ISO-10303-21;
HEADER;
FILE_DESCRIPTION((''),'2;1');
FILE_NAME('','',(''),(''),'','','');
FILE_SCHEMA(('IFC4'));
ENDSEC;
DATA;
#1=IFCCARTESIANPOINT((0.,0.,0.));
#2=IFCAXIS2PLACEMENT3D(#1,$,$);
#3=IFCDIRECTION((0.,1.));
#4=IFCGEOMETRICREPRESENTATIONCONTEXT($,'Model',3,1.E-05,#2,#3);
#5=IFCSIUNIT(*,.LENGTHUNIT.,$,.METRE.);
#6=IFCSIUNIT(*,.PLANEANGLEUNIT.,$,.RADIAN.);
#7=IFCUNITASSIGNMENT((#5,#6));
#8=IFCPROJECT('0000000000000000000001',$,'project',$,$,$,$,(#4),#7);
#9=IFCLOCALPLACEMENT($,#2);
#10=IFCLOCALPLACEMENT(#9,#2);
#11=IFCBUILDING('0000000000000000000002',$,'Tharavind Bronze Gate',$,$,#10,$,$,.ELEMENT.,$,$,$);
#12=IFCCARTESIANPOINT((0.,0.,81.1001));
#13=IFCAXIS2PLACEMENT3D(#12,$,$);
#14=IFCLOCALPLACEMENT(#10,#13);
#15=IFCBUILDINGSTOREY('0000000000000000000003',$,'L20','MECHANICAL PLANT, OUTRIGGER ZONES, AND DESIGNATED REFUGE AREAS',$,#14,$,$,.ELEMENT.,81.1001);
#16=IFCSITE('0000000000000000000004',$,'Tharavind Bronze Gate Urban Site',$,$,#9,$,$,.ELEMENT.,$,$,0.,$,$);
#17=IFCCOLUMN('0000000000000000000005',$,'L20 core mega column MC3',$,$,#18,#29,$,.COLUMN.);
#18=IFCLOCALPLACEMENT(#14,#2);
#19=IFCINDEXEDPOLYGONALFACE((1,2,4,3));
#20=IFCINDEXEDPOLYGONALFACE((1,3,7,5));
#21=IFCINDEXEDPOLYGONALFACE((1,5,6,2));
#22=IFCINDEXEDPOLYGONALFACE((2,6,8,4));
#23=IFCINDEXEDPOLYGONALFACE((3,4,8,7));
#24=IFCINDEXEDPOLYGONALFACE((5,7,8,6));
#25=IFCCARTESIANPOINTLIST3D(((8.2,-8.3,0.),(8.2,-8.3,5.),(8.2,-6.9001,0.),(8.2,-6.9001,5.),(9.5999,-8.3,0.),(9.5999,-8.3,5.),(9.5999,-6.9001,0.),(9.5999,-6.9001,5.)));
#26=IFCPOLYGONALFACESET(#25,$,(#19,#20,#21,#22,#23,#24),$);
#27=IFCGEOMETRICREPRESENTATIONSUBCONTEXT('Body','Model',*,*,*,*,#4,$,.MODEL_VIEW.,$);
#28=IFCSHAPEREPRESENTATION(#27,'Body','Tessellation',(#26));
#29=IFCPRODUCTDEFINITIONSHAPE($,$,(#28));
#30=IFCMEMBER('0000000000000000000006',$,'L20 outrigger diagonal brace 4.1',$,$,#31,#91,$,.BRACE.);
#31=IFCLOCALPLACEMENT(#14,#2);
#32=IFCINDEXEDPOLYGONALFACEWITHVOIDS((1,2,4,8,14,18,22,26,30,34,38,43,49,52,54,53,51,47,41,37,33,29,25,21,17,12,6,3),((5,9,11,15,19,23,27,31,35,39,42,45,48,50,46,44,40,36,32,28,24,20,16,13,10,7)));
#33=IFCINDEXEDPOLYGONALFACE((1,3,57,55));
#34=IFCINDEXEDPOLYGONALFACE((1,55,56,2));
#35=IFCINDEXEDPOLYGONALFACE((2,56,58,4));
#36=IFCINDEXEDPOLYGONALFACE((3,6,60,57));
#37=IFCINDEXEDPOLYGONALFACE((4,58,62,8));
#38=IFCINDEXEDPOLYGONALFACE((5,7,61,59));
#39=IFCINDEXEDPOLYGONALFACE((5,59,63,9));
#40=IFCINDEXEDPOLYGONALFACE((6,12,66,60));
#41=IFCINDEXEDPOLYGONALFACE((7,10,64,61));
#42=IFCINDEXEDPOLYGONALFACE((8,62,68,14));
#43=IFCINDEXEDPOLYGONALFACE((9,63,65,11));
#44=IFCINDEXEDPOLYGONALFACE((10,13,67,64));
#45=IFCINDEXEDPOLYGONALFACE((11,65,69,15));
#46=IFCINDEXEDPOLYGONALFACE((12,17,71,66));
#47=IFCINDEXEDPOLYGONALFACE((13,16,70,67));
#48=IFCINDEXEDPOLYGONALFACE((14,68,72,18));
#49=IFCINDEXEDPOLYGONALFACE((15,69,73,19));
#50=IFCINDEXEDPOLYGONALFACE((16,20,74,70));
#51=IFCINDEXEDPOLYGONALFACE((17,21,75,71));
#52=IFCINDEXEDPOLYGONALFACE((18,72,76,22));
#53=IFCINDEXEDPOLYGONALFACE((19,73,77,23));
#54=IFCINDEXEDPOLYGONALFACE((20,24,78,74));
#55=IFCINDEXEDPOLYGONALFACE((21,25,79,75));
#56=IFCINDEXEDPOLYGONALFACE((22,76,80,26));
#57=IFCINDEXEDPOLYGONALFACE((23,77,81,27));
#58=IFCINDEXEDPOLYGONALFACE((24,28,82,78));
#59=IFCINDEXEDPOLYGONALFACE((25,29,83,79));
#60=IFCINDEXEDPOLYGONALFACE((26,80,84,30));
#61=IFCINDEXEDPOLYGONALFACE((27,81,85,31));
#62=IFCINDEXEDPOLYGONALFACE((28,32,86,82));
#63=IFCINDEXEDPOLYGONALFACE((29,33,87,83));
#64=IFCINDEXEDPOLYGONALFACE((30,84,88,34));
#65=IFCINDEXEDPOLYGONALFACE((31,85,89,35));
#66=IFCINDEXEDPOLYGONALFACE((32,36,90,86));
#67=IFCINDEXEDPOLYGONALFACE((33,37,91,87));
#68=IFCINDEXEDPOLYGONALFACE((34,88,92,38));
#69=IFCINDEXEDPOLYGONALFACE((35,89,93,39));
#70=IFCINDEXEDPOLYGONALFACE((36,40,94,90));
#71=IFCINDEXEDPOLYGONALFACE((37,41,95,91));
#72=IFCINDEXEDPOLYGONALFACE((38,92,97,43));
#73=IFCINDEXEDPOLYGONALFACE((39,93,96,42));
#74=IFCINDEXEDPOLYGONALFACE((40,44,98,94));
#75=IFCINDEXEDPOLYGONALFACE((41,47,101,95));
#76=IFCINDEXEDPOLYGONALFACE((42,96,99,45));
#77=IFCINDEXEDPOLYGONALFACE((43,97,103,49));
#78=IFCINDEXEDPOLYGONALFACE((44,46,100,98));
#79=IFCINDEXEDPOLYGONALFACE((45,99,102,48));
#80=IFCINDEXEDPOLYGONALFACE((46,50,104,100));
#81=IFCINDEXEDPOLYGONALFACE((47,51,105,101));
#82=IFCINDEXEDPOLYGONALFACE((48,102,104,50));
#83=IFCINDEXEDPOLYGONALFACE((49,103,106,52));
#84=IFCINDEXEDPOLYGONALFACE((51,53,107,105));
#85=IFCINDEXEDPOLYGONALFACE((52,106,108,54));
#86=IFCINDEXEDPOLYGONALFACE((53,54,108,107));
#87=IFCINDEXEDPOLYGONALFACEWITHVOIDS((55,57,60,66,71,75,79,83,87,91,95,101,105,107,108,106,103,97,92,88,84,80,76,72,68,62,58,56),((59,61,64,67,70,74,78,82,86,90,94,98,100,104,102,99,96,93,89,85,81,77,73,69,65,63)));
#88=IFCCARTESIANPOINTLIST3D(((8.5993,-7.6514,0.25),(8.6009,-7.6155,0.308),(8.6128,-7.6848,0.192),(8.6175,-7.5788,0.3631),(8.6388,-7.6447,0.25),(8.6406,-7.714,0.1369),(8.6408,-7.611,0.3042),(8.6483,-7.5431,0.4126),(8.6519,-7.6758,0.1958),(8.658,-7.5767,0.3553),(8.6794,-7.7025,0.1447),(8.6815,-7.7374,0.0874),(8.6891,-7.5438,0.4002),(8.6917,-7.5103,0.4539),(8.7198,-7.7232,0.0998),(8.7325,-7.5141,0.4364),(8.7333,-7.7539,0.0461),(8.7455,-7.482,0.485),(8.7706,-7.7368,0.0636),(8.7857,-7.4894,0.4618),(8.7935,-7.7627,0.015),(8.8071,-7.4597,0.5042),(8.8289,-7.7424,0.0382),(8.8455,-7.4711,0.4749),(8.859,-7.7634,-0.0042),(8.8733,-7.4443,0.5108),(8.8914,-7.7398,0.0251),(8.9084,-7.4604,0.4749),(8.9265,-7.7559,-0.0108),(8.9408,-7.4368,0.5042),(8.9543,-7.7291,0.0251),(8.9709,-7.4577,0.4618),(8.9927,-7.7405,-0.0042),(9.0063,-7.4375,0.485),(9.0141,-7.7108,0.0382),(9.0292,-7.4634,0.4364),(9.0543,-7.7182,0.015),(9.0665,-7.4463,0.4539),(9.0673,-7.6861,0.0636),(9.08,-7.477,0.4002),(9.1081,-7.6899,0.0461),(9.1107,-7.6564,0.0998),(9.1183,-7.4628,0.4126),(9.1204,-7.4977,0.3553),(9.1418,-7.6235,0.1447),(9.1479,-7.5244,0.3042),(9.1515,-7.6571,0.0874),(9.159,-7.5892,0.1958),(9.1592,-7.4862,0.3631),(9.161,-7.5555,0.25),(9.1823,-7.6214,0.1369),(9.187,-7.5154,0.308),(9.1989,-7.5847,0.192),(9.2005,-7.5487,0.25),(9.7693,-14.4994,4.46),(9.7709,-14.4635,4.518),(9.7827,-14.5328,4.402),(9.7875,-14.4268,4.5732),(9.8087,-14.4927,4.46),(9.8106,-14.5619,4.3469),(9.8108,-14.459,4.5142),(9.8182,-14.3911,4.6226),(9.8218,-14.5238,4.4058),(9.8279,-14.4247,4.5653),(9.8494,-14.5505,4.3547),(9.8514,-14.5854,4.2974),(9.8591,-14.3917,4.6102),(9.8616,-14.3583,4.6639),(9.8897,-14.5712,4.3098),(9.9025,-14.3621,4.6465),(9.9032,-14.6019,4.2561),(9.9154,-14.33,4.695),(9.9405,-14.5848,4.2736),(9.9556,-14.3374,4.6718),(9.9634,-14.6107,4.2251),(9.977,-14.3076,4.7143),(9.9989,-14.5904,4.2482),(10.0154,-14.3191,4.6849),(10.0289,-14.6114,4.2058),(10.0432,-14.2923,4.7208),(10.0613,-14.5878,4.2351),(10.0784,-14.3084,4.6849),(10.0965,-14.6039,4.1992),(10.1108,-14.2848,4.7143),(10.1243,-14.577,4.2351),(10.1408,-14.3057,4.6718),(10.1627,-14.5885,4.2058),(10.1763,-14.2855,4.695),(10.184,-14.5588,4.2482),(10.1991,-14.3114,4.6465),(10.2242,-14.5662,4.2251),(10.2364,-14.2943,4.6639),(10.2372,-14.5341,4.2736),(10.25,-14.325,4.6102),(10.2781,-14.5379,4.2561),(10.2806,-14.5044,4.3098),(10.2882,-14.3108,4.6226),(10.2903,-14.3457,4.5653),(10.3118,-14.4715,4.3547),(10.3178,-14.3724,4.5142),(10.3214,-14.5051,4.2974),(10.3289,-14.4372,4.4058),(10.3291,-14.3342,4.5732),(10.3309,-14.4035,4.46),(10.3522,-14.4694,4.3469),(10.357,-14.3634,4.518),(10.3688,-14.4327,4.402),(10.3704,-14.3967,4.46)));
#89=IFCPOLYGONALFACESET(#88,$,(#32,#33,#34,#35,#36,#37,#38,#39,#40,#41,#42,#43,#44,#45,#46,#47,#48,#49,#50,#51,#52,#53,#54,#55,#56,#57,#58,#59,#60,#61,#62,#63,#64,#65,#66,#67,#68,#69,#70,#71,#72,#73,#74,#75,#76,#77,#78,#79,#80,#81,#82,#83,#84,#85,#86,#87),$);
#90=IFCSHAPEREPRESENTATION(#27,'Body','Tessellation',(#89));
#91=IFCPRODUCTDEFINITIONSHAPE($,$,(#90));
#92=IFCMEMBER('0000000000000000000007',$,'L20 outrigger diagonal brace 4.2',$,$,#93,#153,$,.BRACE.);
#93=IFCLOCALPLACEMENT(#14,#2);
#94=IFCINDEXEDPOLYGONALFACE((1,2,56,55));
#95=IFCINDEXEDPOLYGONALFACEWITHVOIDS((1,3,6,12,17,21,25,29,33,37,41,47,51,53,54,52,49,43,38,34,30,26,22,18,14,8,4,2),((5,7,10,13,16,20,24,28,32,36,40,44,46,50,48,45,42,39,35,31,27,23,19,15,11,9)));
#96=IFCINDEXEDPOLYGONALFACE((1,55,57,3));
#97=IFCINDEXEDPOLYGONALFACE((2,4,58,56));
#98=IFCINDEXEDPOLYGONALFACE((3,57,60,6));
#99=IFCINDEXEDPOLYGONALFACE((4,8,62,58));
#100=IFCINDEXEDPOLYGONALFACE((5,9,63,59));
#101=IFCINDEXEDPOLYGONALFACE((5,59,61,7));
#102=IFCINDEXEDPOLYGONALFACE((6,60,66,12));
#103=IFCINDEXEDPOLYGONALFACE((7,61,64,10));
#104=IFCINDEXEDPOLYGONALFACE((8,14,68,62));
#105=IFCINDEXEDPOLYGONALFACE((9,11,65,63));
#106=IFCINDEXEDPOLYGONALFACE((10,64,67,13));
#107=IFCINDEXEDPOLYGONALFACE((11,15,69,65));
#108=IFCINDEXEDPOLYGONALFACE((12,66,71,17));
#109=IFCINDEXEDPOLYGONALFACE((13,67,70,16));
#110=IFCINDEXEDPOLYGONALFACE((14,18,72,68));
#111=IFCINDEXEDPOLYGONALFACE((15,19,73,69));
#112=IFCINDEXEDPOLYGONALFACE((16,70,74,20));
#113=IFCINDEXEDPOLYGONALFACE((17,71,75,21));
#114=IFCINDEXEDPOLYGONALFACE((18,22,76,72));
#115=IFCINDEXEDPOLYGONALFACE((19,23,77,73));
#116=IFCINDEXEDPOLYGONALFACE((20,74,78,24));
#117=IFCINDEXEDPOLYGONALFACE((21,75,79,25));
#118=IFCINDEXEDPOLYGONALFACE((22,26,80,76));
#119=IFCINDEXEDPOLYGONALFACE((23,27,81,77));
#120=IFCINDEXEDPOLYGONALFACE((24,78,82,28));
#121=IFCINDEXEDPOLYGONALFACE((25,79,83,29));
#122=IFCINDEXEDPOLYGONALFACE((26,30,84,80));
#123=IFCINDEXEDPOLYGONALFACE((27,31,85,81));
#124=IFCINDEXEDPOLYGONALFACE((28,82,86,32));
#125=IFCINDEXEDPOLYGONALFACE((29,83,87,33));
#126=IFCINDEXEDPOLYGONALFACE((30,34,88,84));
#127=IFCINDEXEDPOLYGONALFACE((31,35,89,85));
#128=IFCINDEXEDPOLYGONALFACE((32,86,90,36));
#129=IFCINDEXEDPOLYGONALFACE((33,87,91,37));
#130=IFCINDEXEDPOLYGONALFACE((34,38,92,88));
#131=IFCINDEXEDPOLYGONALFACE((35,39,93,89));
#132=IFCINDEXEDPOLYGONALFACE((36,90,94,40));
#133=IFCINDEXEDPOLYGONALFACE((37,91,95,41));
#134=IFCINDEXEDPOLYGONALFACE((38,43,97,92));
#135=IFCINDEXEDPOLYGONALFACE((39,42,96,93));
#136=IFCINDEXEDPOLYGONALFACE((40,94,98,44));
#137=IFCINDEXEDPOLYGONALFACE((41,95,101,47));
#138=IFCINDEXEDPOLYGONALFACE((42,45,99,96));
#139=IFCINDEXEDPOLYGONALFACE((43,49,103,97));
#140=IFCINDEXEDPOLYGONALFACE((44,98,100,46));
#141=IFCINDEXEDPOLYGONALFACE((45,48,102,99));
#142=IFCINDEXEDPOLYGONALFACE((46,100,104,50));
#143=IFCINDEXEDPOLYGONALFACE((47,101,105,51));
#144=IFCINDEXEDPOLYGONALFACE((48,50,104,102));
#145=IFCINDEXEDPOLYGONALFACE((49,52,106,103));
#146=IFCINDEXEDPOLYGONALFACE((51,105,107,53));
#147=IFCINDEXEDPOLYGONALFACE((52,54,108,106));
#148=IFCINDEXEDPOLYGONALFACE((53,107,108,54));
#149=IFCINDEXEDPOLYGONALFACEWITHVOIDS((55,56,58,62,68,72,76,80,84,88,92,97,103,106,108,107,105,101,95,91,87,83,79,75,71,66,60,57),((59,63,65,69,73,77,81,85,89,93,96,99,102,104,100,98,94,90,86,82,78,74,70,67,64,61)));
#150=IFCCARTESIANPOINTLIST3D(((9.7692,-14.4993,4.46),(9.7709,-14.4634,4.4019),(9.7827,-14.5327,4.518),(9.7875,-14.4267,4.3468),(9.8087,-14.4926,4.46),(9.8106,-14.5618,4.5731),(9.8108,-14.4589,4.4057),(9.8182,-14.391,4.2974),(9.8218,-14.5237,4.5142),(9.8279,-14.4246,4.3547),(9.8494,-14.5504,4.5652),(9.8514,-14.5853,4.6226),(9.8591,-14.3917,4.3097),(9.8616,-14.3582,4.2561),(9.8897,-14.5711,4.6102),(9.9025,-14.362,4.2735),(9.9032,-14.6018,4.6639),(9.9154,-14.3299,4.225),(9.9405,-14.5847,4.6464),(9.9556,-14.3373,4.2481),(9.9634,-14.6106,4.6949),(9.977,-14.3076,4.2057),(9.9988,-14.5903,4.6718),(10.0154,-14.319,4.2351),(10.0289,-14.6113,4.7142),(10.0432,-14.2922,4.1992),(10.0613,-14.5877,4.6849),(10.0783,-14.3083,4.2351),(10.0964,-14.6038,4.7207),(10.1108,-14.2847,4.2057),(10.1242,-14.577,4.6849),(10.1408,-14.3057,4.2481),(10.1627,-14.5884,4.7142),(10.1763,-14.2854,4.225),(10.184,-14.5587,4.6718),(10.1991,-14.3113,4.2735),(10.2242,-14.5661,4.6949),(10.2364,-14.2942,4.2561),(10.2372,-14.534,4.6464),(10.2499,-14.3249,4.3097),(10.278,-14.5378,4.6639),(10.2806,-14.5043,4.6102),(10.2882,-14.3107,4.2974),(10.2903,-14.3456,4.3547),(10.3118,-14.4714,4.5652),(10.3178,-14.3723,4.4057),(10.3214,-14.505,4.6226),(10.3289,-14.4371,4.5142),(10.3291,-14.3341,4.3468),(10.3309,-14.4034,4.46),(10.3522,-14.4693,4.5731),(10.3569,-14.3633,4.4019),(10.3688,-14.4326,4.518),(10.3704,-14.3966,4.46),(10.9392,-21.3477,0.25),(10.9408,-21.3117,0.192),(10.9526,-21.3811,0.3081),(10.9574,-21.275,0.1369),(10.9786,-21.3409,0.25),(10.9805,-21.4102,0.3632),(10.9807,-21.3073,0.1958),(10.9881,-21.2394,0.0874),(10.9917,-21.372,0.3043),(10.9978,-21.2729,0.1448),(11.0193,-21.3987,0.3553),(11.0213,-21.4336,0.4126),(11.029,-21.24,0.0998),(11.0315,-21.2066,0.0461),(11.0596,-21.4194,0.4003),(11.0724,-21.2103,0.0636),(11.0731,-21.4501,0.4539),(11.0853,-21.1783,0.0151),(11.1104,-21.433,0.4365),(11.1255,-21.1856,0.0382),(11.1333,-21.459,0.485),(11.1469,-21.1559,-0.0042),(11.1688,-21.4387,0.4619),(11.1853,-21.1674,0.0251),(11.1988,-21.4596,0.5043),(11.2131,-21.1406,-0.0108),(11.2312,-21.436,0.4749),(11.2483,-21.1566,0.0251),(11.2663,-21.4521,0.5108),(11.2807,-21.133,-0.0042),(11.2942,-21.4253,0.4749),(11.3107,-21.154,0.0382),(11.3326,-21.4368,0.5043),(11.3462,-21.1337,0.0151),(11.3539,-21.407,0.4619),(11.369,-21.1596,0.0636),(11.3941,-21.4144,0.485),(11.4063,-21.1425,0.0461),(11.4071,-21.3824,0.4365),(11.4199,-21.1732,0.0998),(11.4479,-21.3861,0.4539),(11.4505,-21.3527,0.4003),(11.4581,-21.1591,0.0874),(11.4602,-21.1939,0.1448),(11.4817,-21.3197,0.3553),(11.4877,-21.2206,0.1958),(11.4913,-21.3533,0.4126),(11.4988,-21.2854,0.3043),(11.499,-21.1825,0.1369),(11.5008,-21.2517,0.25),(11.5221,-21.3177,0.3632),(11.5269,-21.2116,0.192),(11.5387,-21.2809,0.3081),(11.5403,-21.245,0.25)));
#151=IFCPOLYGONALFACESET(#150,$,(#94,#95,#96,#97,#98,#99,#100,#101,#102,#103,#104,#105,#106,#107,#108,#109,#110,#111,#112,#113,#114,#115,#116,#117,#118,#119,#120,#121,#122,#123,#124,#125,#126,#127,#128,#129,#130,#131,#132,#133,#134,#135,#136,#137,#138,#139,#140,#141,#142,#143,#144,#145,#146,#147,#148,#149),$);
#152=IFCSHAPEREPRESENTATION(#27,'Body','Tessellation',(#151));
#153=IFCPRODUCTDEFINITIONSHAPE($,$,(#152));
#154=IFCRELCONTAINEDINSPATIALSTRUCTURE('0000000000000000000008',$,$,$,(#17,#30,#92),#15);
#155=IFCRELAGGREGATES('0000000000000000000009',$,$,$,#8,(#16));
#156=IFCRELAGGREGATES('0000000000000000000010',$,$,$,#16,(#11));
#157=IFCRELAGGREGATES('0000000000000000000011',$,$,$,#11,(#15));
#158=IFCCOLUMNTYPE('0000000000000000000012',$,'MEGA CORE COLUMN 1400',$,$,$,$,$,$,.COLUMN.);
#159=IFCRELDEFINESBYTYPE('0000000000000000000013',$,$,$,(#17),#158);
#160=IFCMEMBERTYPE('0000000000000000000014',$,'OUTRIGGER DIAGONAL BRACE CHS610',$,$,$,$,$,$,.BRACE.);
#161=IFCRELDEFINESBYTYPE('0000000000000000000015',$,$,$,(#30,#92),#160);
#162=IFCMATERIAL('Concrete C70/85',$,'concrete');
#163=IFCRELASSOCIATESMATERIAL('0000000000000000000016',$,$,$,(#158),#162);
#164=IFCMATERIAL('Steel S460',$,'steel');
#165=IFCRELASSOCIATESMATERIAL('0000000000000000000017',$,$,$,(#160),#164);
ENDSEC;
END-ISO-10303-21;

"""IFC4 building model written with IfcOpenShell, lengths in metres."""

from ifc_helpers import new_model, si_unit, direction, frame, origin, origin_2d, place, context, subcontext, project, spatial, rectangle, hollow_circle, extrude, material, material_profile, profile_set, type_object, element, save


model = new_model("IFC4")

# Units and contexts
model_context = context("Model", 3, precision=1e-05, world=origin(), true_north=direction((0.0, 1.0)))
body_context = subcontext(model_context, "Body", "Model", "MODEL_VIEW")
ifc_project = project(units=[si_unit("LENGTHUNIT", "METRE"), si_unit("PLANEANGLEUNIT", "RADIAN")], contexts=[model_context])

# Site, building, storey
site_placement = place(None, origin())
site = spatial("IfcSite", under=ifc_project, at=site_placement, Name="Tharavind Bronze Gate Urban Site", CompositionType="ELEMENT", RefElevation=0.0)
building_placement = place(site_placement, origin())
building = spatial("IfcBuilding", under=site, at=building_placement, Name="Tharavind Bronze Gate", CompositionType="ELEMENT")
storey_placement = place(building_placement, frame((0.0, 0.0, 81.1001)))
storey = spatial("IfcBuildingStorey", under=building, at=storey_placement, Name="L20", Description="MECHANICAL PLANT, OUTRIGGER ZONES, AND DESIGNATED REFUGE AREAS", CompositionType="ELEMENT", Elevation=81.1001)

# Column
ifc_material_1 = material(Name="Concrete C70/85", Category="concrete")
ifc_material_profile_1 = material_profile(ifc_material_1, rectangle(XDim=1.3999, YDim=1.3999, at=origin_2d()), Name="RCCOL1400")
ifc_profile_set_1 = profile_set([ifc_material_profile_1], Name="Concrete C70/85")
column_type = type_object("IfcColumnType", Name="MEGA CORE COLUMN 1400", PredefinedType="COLUMN", material=ifc_profile_set_1)
column_placement = place(storey_placement, frame((8.8999, -7.6001, 0.0), z_axis=(0.0, 0.0, 1.0), x_axis=(1.0, 0.0, 0.0)))
element("IfcColumn", 1, at=column_placement, inside=storey, type_object=column_type, Name="L20 core mega column MC3", PredefinedType="COLUMN", context=body_context, shape_type="SweptSolid", body=[
    extrude(rectangle(XDim=1.3999, YDim=1.3999, at=origin_2d()), origin(), (0.0, 0.0, 1.0), 5.0),
])

# Members
ifc_material_2 = material(Name="Steel S460", Category="steel")
ifc_material_profile_2 = material_profile(ifc_material_2, hollow_circle(Radius=0.3049, WallThickness=0.04, at=origin_2d()), Name="CHS610X40")
ifc_profile_set_2 = profile_set([ifc_material_profile_2], Name="Steel S460")
member_type_1 = type_object("IfcMemberType", Name="OUTRIGGER DIAGONAL BRACE CHS610", PredefinedType="BRACE", material=ifc_profile_set_2)
member_1_placement = place(storey_placement, frame((8.8999, -7.6001, 0.25), z_axis=(0.144022, -0.843006, 0.518264), x_axis=(0.985718, 0.168404, 0.0)))
element("IfcMember", 2, at=member_1_placement, inside=storey, type_object=member_type_1, Name="L20 outrigger diagonal brace 4.1", PredefinedType="BRACE", context=body_context, shape_type="SweptSolid", body=[
    extrude(hollow_circle(Radius=0.3049, WallThickness=0.04, at=origin_2d()), origin(), (0.0, 0.0, 1.0), 8.1233),
])
member_2_placement = place(storey_placement, frame((10.0698, -14.448, 4.46), z_axis=(0.144015, -0.843024, -0.518238), x_axis=(0.98572, 0.168392, 0.0)))
element("IfcMember", 3, at=member_2_placement, inside=storey, type_object=member_type_1, Name="L20 outrigger diagonal brace 4.2", PredefinedType="BRACE", context=body_context, shape_type="SweptSolid", body=[
    extrude(hollow_circle(Radius=0.3049, WallThickness=0.04, at=origin_2d()), origin(), (0.0, 0.0, 1.0), 8.1235),
])

save(model, "model.ifc")
